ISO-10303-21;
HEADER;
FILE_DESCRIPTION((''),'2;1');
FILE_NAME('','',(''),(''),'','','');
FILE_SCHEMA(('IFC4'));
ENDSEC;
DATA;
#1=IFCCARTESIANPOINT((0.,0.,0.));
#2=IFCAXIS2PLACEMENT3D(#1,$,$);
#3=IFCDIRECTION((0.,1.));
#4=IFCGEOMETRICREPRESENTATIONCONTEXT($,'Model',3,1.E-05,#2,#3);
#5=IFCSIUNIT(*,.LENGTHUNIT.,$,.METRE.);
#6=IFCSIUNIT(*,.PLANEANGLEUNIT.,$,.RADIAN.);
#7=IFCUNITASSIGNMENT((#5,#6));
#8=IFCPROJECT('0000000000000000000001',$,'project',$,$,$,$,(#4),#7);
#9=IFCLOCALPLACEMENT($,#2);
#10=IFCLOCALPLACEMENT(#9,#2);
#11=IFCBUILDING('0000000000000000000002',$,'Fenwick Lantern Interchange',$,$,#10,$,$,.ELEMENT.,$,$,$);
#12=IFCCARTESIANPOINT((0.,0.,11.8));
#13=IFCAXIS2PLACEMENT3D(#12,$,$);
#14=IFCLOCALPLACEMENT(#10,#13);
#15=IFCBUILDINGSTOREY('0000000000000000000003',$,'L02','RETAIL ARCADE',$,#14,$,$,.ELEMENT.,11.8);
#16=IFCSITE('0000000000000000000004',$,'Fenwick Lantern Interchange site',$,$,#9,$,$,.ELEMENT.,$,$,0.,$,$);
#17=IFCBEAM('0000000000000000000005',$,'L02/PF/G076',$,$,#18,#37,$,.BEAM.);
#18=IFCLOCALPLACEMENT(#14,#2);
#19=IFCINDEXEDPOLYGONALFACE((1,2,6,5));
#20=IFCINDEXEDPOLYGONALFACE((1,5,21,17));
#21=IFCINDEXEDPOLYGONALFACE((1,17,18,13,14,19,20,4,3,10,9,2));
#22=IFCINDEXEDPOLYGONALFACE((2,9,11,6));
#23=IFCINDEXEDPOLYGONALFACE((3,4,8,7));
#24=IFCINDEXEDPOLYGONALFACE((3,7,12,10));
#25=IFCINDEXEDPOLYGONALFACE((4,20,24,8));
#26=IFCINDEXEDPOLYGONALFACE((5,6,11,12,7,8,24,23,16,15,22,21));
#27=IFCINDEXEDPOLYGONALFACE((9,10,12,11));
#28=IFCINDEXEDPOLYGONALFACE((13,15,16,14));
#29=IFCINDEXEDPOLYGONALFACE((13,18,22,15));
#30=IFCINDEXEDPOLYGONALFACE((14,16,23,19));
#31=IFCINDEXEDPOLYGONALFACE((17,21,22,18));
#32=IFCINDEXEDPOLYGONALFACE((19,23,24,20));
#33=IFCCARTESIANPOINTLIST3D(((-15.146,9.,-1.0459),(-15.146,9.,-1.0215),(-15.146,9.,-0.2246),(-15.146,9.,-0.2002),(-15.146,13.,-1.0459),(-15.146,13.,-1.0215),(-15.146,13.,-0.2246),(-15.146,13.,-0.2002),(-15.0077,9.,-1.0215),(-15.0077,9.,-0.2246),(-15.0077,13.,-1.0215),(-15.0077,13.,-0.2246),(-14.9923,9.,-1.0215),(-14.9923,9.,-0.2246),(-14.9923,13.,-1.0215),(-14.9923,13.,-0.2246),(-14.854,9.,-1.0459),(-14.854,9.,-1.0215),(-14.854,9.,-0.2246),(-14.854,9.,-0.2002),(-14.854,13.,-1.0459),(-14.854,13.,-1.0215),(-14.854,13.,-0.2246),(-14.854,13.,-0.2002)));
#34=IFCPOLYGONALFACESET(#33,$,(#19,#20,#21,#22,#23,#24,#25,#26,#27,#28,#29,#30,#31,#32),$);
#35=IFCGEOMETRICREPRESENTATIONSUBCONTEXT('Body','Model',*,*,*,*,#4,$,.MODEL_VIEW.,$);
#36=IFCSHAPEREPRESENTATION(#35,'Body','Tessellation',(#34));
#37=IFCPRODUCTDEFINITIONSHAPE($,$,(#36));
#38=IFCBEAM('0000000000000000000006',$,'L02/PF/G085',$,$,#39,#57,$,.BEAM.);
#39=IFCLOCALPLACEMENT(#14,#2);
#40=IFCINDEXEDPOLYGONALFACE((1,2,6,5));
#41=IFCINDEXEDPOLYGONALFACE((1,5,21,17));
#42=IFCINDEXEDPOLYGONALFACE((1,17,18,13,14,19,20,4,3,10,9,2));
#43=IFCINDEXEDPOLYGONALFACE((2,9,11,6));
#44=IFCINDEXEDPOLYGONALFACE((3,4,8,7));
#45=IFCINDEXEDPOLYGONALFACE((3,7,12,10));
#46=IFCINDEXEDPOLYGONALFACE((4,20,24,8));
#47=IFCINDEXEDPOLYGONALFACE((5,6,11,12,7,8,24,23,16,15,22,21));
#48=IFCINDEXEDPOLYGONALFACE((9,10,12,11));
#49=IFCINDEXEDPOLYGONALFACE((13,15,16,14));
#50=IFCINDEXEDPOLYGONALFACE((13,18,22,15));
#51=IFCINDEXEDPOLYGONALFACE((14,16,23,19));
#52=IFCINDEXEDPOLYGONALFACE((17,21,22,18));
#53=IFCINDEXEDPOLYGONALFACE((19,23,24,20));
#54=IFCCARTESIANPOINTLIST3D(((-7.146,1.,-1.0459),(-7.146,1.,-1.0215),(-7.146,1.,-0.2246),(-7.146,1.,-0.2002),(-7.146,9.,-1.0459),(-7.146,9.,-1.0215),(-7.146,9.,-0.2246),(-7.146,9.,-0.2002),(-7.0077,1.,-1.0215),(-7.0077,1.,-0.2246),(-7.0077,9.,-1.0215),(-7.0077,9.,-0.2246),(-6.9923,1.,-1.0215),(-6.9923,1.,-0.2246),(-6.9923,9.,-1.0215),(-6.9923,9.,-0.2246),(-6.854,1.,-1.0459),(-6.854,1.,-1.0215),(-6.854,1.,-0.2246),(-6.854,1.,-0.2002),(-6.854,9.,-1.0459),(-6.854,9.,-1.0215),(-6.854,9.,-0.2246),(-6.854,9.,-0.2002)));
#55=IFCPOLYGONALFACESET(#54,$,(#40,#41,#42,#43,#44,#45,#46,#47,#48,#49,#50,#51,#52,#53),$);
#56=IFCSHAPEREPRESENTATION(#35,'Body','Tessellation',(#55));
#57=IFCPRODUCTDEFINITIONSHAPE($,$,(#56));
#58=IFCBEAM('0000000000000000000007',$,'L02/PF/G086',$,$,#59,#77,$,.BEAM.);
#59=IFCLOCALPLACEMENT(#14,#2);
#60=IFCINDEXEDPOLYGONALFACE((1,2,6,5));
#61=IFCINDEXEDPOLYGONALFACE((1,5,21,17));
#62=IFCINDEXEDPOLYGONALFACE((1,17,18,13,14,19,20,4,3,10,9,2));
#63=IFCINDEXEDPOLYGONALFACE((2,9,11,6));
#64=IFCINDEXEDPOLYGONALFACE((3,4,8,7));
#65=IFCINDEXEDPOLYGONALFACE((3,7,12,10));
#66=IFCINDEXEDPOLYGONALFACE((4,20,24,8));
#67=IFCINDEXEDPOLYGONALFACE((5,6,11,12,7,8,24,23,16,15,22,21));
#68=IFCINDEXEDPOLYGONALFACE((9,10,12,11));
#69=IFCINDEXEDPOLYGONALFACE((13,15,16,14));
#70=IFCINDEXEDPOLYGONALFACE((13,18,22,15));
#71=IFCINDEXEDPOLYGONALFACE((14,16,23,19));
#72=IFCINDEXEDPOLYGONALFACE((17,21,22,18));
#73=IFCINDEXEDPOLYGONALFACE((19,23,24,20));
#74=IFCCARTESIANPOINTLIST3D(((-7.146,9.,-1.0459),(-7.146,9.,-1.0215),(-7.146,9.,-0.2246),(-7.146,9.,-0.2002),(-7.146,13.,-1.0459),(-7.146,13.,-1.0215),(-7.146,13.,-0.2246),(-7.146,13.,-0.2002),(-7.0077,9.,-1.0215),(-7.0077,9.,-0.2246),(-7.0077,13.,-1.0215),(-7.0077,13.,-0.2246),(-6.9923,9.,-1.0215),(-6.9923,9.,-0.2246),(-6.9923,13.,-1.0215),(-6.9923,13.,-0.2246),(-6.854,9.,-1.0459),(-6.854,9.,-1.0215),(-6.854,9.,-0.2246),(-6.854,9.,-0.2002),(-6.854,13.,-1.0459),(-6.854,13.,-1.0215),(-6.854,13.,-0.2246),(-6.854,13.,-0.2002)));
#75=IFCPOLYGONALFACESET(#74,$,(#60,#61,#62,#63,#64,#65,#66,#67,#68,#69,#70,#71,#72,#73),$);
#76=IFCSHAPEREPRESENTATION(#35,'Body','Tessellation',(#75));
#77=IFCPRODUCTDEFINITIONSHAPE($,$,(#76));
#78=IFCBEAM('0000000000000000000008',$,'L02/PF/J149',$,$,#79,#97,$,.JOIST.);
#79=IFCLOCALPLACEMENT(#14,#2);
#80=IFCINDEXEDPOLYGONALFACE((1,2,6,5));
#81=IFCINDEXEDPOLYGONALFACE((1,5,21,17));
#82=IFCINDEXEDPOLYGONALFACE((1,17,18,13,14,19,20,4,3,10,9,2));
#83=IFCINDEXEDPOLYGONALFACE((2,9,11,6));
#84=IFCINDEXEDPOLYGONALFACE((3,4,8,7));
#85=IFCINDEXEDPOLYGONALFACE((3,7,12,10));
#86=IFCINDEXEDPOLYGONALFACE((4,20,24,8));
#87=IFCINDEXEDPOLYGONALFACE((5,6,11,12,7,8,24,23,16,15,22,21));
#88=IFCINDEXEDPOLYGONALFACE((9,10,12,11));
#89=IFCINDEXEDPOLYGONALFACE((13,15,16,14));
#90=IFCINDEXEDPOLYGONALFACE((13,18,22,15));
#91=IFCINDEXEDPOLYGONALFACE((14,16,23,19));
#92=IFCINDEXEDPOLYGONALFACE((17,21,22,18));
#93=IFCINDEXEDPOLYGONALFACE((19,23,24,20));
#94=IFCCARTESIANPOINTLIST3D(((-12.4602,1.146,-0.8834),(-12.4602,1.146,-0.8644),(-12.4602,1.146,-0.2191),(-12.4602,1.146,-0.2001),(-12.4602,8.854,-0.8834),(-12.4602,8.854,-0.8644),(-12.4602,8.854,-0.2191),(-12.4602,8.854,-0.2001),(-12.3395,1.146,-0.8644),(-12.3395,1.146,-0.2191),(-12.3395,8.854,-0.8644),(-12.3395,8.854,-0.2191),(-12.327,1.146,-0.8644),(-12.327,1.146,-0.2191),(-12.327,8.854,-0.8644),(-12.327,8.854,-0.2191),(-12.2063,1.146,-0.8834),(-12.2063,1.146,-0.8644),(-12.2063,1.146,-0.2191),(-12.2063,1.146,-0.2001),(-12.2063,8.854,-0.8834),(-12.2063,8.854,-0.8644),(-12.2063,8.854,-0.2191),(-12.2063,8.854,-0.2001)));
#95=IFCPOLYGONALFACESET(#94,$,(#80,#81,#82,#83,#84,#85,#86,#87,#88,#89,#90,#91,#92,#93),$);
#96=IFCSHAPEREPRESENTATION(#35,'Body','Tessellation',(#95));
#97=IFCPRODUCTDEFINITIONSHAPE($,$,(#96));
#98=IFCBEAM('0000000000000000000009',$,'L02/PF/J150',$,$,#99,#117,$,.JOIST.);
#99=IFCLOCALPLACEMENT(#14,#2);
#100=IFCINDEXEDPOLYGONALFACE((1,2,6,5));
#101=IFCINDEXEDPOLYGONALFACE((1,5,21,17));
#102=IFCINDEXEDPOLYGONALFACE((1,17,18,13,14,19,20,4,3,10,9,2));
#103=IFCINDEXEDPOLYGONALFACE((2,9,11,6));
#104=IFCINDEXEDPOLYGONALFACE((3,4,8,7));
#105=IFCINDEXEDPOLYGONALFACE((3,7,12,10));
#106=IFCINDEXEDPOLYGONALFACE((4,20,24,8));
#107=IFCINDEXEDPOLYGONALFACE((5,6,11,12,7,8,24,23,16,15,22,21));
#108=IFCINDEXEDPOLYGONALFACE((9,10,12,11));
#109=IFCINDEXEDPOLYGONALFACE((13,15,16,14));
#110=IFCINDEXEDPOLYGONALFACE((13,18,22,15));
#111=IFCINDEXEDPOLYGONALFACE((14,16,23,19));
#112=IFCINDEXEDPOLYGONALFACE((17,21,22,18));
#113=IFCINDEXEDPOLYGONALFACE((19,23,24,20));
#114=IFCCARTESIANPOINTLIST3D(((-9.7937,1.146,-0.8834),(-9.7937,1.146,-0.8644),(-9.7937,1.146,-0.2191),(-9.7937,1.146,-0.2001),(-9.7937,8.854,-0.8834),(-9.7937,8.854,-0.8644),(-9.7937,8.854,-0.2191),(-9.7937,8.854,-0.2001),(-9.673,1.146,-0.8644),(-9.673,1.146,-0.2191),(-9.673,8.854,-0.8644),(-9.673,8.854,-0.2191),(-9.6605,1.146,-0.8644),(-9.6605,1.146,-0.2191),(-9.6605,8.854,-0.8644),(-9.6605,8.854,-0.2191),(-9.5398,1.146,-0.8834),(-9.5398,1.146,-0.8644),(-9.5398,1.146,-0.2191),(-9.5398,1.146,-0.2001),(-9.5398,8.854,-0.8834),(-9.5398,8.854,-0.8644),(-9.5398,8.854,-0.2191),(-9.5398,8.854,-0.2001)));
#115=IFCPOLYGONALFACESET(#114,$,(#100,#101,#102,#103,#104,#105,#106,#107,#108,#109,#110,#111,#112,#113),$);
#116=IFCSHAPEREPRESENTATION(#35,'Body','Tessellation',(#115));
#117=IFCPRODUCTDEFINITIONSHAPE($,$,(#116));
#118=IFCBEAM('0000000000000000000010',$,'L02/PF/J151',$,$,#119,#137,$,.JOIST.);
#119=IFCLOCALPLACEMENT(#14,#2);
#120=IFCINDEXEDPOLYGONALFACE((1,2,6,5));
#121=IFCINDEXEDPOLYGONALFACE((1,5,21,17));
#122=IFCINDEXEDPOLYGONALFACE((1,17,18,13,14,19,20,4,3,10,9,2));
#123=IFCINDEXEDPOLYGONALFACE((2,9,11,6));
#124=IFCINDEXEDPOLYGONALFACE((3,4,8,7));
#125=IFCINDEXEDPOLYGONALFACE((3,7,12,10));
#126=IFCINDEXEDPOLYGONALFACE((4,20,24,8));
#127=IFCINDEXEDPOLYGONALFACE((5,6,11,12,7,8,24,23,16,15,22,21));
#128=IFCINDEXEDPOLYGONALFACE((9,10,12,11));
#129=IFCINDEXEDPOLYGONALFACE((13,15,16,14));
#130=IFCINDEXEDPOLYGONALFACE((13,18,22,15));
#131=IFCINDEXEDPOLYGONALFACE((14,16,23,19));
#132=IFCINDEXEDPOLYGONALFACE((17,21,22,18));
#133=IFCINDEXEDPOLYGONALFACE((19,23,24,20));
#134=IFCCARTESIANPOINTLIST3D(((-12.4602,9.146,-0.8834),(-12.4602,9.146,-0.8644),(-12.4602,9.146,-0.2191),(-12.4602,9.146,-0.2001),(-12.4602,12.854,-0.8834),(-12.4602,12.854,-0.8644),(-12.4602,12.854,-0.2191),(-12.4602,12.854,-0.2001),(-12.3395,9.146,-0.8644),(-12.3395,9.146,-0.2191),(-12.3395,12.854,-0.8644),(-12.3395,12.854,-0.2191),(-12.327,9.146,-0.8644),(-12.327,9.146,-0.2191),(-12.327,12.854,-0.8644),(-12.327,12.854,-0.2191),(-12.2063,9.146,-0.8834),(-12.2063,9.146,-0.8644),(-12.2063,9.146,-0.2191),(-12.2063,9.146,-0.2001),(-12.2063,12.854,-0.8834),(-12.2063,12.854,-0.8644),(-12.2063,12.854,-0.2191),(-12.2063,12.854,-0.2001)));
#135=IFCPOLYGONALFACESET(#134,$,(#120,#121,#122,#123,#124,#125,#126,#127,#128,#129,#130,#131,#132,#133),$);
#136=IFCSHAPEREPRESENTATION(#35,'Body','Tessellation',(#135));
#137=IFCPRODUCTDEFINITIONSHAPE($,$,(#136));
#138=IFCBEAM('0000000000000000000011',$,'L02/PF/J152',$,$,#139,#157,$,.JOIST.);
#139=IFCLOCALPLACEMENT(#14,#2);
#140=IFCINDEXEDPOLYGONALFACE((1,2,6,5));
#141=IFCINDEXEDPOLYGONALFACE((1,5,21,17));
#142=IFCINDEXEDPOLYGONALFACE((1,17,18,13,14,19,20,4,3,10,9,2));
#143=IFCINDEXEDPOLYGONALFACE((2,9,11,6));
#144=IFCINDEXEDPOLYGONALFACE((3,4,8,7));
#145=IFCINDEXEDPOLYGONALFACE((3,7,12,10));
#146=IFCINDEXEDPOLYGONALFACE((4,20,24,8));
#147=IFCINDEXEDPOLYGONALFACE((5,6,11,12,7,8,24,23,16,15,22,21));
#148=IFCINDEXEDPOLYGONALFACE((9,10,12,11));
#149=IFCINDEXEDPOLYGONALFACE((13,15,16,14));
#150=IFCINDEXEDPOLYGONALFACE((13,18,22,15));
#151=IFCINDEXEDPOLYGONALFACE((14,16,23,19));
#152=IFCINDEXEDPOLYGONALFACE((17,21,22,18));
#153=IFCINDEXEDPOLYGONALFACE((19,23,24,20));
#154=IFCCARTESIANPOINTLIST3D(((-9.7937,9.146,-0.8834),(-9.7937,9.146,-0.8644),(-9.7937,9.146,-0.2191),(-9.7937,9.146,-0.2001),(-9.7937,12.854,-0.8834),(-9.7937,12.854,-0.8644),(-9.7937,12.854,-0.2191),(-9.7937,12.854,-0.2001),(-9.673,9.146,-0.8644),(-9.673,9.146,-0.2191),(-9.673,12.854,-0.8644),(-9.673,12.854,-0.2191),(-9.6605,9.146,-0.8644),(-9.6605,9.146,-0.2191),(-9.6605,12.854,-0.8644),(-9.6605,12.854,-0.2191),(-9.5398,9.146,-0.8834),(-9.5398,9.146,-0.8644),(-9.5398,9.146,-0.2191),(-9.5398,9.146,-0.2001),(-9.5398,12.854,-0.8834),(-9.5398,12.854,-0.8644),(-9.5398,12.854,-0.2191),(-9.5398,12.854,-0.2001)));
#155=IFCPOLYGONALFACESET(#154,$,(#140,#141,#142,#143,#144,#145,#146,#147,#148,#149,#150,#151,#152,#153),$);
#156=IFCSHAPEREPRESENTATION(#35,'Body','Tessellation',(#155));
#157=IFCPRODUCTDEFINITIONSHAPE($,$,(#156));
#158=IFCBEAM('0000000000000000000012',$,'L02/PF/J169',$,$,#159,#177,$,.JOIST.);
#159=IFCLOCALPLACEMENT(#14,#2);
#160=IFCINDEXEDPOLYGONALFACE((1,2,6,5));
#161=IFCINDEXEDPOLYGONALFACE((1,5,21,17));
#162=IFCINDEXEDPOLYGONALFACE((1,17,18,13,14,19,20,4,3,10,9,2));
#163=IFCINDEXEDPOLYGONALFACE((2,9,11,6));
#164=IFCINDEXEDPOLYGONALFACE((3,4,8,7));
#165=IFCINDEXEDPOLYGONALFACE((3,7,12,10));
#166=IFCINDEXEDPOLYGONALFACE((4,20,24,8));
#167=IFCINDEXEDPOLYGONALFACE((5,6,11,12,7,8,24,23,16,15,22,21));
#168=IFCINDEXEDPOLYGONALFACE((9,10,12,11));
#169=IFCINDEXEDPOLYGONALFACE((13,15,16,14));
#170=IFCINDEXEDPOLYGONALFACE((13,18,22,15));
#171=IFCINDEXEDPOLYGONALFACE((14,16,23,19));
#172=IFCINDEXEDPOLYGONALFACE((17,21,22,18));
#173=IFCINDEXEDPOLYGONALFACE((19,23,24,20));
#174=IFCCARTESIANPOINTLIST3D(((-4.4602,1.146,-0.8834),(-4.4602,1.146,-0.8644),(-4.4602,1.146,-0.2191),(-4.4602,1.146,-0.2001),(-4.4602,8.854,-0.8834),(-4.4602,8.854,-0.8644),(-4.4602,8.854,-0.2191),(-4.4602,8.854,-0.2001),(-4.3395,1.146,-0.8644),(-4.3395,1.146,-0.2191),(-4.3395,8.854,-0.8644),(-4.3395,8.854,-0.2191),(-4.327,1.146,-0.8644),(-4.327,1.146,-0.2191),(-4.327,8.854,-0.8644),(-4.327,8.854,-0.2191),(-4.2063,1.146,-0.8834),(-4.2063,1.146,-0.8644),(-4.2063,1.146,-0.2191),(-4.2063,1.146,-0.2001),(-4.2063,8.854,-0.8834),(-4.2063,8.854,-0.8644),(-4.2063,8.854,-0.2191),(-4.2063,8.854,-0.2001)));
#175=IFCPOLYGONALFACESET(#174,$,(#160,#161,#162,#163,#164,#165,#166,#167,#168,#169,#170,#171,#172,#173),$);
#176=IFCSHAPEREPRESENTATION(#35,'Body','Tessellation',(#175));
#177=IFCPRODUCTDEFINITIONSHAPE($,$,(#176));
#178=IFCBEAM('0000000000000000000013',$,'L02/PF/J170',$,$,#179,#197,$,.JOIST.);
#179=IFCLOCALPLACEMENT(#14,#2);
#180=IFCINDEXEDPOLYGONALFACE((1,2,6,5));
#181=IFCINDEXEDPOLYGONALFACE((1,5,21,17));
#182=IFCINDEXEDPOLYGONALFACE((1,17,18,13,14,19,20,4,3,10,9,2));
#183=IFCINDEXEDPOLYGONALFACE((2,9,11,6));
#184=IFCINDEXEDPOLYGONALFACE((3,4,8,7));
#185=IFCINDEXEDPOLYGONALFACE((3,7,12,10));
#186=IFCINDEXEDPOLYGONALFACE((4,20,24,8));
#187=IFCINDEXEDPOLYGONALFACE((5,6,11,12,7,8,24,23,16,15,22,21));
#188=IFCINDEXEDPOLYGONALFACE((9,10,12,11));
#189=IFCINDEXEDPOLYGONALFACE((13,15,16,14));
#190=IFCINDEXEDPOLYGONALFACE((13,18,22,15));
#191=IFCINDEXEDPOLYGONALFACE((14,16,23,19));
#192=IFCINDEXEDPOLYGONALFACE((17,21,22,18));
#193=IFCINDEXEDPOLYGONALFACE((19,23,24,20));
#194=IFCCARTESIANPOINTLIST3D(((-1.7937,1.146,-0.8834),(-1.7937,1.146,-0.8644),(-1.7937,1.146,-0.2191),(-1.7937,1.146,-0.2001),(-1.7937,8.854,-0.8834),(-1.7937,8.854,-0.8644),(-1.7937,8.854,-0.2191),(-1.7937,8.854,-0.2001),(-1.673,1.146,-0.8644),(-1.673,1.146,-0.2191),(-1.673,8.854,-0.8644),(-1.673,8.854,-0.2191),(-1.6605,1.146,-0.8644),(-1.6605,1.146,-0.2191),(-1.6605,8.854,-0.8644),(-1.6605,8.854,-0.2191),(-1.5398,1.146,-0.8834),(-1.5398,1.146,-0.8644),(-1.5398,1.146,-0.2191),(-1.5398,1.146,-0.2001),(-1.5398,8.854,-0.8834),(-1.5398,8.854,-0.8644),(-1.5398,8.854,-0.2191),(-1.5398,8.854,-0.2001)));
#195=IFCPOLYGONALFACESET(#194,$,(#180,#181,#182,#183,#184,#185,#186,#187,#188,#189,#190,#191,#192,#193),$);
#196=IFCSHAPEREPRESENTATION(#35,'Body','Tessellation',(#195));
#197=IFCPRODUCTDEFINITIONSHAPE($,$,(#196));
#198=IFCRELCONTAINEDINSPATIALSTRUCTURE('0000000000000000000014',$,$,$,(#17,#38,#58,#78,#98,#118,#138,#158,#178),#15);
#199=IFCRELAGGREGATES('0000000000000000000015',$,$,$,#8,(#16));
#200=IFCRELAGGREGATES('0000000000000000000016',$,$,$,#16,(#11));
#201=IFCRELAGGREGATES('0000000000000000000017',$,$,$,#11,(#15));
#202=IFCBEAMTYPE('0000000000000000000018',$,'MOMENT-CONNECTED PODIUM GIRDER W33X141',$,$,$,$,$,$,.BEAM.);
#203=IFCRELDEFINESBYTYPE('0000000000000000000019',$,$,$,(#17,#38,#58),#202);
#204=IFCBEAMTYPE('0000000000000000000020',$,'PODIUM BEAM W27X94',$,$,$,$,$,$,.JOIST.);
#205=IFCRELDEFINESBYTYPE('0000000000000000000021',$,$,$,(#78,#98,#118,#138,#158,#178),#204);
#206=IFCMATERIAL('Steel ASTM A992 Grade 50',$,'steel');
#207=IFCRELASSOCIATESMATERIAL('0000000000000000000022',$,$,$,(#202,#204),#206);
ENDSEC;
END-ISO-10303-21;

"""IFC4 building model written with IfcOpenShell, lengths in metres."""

from ifc_helpers import new_model, si_unit, direction, frame, origin, origin_2d, place, context, subcontext, project, spatial, i_section, extrude, material, material_profile, profile_set, type_object, element, save


model = new_model("IFC4")

# Units and contexts
model_context = context("Model", 3, precision=1e-05, world=origin(), true_north=direction((0.0, 1.0)))
body_context = subcontext(model_context, "Body", "Model", "MODEL_VIEW")
ifc_project = project(units=[si_unit("LENGTHUNIT", "METRE"), si_unit("PLANEANGLEUNIT", "RADIAN")], contexts=[model_context])

# Site, building, storey
site_placement = place(None, origin())
site = spatial("IfcSite", under=ifc_project, at=site_placement, Name="Fenwick Lantern Interchange site", CompositionType="ELEMENT", RefElevation=0.0)
building_placement = place(site_placement, origin())
building = spatial("IfcBuilding", under=site, at=building_placement, Name="Fenwick Lantern Interchange", CompositionType="ELEMENT")
storey_placement = place(building_placement, frame((0.0, 0.0, 11.8)))
storey = spatial("IfcBuildingStorey", under=building, at=storey_placement, Name="L02", Description="RETAIL ARCADE", CompositionType="ELEMENT", Elevation=11.8)

# Shared definitions
ifc_material_1 = material(Name="Steel ASTM A992 Grade 50", Category="steel")

# Beams
ifc_material_profile_1 = material_profile(ifc_material_1, i_section(OverallWidth=0.292, OverallDepth=0.8457, WebThickness=0.0154, FlangeThickness=0.0244, at=origin_2d()), Name="W33X141")
ifc_profile_set_1 = profile_set([ifc_material_profile_1], Name="Steel ASTM A992 Grade 50")
beam_type_1 = type_object("IfcBeamType", Name="MOMENT-CONNECTED PODIUM GIRDER W33X141", PredefinedType="BEAM", material=ifc_profile_set_1)
beam_1_placement = place(storey_placement, frame((-15.0, 9.0, -0.623), z_axis=(0.0, 1.0, 0.0), x_axis=(-1.0, 0.0, 0.0)))
element("IfcBeam", 1, at=beam_1_placement, inside=storey, type_object=beam_type_1, Name="L02/PF/G076", PredefinedType="BEAM", context=body_context, shape_type="SweptSolid", body=[
    extrude(i_section(OverallWidth=0.292, OverallDepth=0.8457, WebThickness=0.0154, FlangeThickness=0.0244, at=origin_2d()), origin(), (0.0, 0.0, 1.0), 4.0),
])
beam_2_placement = place(storey_placement, frame((-7.0, 1.0, -0.623), z_axis=(0.0, 1.0, 0.0), x_axis=(-1.0, 0.0, 0.0)))
element("IfcBeam", 2, at=beam_2_placement, inside=storey, type_object=beam_type_1, Name="L02/PF/G085", PredefinedType="BEAM", context=body_context, shape_type="SweptSolid", body=[
    extrude(i_section(OverallWidth=0.292, OverallDepth=0.8457, WebThickness=0.0154, FlangeThickness=0.0244, at=origin_2d()), origin(), (0.0, 0.0, 1.0), 8.0),
])
beam_3_placement = place(storey_placement, frame((-7.0, 9.0, -0.623), z_axis=(0.0, 1.0, 0.0), x_axis=(-1.0, 0.0, 0.0)))
element("IfcBeam", 3, at=beam_3_placement, inside=storey, type_object=beam_type_1, Name="L02/PF/G086", PredefinedType="BEAM", context=body_context, shape_type="SweptSolid", body=[
    extrude(i_section(OverallWidth=0.292, OverallDepth=0.8457, WebThickness=0.0154, FlangeThickness=0.0244, at=origin_2d()), origin(), (0.0, 0.0, 1.0), 4.0),
])
ifc_material_profile_2 = material_profile(ifc_material_1, i_section(OverallWidth=0.2539, OverallDepth=0.6833, WebThickness=0.0125, FlangeThickness=0.019, at=origin_2d()), Name="W27X94")
ifc_profile_set_2 = profile_set([ifc_material_profile_2], Name="Steel ASTM A992 Grade 50")
beam_type_2 = type_object("IfcBeamType", Name="PODIUM BEAM W27X94", PredefinedType="JOIST", material=ifc_profile_set_2)
for number, where, z_axis, x_axis, name in (
    (4, (-12.3333, 1.146, -0.5417), (0.0, 1.0, 0.0), (-1.0, 0.0, 0.0), "L02/PF/J149"),
    (5, (-9.6667, 1.146, -0.5417), (0.0, 1.0, 0.0), (-1.0, 0.0, 0.0), "L02/PF/J150"),
):
    element("IfcBeam", number, at=place(storey_placement, frame(where, z_axis=z_axis, x_axis=x_axis)), inside=storey, type_object=beam_type_2, Name=name, PredefinedType="JOIST", context=body_context, shape_type="SweptSolid", body=[
        extrude(i_section(OverallWidth=0.2539, OverallDepth=0.6833, WebThickness=0.0125, FlangeThickness=0.019, at=origin_2d()), origin(), (0.0, 0.0, 1.0), 7.708),
    ])
for number, where, z_axis, x_axis, name in (
    (6, (-12.3333, 9.146, -0.5417), (0.0, 1.0, 0.0), (-1.0, 0.0, 0.0), "L02/PF/J151"),
    (7, (-9.6667, 9.146, -0.5417), (0.0, 1.0, 0.0), (-1.0, 0.0, 0.0), "L02/PF/J152"),
):
    element("IfcBeam", number, at=place(storey_placement, frame(where, z_axis=z_axis, x_axis=x_axis)), inside=storey, type_object=beam_type_2, Name=name, PredefinedType="JOIST", context=body_context, shape_type="SweptSolid", body=[
        extrude(i_section(OverallWidth=0.2539, OverallDepth=0.6833, WebThickness=0.0125, FlangeThickness=0.019, at=origin_2d()), origin(), (0.0, 0.0, 1.0), 3.708),
    ])
for number, where, z_axis, x_axis, name in (
    (8, (-4.3333, 1.146, -0.5417), (0.0, 1.0, 0.0), (-1.0, 0.0, 0.0), "L02/PF/J169"),
    (9, (-1.6667, 1.146, -0.5417), (0.0, 1.0, 0.0), (-1.0, 0.0, 0.0), "L02/PF/J170"),
):
    element("IfcBeam", number, at=place(storey_placement, frame(where, z_axis=z_axis, x_axis=x_axis)), inside=storey, type_object=beam_type_2, Name=name, PredefinedType="JOIST", context=body_context, shape_type="SweptSolid", body=[
        extrude(i_section(OverallWidth=0.2539, OverallDepth=0.6833, WebThickness=0.0125, FlangeThickness=0.019, at=origin_2d()), origin(), (0.0, 0.0, 1.0), 7.708),
    ])

save(model, "model.ifc")
